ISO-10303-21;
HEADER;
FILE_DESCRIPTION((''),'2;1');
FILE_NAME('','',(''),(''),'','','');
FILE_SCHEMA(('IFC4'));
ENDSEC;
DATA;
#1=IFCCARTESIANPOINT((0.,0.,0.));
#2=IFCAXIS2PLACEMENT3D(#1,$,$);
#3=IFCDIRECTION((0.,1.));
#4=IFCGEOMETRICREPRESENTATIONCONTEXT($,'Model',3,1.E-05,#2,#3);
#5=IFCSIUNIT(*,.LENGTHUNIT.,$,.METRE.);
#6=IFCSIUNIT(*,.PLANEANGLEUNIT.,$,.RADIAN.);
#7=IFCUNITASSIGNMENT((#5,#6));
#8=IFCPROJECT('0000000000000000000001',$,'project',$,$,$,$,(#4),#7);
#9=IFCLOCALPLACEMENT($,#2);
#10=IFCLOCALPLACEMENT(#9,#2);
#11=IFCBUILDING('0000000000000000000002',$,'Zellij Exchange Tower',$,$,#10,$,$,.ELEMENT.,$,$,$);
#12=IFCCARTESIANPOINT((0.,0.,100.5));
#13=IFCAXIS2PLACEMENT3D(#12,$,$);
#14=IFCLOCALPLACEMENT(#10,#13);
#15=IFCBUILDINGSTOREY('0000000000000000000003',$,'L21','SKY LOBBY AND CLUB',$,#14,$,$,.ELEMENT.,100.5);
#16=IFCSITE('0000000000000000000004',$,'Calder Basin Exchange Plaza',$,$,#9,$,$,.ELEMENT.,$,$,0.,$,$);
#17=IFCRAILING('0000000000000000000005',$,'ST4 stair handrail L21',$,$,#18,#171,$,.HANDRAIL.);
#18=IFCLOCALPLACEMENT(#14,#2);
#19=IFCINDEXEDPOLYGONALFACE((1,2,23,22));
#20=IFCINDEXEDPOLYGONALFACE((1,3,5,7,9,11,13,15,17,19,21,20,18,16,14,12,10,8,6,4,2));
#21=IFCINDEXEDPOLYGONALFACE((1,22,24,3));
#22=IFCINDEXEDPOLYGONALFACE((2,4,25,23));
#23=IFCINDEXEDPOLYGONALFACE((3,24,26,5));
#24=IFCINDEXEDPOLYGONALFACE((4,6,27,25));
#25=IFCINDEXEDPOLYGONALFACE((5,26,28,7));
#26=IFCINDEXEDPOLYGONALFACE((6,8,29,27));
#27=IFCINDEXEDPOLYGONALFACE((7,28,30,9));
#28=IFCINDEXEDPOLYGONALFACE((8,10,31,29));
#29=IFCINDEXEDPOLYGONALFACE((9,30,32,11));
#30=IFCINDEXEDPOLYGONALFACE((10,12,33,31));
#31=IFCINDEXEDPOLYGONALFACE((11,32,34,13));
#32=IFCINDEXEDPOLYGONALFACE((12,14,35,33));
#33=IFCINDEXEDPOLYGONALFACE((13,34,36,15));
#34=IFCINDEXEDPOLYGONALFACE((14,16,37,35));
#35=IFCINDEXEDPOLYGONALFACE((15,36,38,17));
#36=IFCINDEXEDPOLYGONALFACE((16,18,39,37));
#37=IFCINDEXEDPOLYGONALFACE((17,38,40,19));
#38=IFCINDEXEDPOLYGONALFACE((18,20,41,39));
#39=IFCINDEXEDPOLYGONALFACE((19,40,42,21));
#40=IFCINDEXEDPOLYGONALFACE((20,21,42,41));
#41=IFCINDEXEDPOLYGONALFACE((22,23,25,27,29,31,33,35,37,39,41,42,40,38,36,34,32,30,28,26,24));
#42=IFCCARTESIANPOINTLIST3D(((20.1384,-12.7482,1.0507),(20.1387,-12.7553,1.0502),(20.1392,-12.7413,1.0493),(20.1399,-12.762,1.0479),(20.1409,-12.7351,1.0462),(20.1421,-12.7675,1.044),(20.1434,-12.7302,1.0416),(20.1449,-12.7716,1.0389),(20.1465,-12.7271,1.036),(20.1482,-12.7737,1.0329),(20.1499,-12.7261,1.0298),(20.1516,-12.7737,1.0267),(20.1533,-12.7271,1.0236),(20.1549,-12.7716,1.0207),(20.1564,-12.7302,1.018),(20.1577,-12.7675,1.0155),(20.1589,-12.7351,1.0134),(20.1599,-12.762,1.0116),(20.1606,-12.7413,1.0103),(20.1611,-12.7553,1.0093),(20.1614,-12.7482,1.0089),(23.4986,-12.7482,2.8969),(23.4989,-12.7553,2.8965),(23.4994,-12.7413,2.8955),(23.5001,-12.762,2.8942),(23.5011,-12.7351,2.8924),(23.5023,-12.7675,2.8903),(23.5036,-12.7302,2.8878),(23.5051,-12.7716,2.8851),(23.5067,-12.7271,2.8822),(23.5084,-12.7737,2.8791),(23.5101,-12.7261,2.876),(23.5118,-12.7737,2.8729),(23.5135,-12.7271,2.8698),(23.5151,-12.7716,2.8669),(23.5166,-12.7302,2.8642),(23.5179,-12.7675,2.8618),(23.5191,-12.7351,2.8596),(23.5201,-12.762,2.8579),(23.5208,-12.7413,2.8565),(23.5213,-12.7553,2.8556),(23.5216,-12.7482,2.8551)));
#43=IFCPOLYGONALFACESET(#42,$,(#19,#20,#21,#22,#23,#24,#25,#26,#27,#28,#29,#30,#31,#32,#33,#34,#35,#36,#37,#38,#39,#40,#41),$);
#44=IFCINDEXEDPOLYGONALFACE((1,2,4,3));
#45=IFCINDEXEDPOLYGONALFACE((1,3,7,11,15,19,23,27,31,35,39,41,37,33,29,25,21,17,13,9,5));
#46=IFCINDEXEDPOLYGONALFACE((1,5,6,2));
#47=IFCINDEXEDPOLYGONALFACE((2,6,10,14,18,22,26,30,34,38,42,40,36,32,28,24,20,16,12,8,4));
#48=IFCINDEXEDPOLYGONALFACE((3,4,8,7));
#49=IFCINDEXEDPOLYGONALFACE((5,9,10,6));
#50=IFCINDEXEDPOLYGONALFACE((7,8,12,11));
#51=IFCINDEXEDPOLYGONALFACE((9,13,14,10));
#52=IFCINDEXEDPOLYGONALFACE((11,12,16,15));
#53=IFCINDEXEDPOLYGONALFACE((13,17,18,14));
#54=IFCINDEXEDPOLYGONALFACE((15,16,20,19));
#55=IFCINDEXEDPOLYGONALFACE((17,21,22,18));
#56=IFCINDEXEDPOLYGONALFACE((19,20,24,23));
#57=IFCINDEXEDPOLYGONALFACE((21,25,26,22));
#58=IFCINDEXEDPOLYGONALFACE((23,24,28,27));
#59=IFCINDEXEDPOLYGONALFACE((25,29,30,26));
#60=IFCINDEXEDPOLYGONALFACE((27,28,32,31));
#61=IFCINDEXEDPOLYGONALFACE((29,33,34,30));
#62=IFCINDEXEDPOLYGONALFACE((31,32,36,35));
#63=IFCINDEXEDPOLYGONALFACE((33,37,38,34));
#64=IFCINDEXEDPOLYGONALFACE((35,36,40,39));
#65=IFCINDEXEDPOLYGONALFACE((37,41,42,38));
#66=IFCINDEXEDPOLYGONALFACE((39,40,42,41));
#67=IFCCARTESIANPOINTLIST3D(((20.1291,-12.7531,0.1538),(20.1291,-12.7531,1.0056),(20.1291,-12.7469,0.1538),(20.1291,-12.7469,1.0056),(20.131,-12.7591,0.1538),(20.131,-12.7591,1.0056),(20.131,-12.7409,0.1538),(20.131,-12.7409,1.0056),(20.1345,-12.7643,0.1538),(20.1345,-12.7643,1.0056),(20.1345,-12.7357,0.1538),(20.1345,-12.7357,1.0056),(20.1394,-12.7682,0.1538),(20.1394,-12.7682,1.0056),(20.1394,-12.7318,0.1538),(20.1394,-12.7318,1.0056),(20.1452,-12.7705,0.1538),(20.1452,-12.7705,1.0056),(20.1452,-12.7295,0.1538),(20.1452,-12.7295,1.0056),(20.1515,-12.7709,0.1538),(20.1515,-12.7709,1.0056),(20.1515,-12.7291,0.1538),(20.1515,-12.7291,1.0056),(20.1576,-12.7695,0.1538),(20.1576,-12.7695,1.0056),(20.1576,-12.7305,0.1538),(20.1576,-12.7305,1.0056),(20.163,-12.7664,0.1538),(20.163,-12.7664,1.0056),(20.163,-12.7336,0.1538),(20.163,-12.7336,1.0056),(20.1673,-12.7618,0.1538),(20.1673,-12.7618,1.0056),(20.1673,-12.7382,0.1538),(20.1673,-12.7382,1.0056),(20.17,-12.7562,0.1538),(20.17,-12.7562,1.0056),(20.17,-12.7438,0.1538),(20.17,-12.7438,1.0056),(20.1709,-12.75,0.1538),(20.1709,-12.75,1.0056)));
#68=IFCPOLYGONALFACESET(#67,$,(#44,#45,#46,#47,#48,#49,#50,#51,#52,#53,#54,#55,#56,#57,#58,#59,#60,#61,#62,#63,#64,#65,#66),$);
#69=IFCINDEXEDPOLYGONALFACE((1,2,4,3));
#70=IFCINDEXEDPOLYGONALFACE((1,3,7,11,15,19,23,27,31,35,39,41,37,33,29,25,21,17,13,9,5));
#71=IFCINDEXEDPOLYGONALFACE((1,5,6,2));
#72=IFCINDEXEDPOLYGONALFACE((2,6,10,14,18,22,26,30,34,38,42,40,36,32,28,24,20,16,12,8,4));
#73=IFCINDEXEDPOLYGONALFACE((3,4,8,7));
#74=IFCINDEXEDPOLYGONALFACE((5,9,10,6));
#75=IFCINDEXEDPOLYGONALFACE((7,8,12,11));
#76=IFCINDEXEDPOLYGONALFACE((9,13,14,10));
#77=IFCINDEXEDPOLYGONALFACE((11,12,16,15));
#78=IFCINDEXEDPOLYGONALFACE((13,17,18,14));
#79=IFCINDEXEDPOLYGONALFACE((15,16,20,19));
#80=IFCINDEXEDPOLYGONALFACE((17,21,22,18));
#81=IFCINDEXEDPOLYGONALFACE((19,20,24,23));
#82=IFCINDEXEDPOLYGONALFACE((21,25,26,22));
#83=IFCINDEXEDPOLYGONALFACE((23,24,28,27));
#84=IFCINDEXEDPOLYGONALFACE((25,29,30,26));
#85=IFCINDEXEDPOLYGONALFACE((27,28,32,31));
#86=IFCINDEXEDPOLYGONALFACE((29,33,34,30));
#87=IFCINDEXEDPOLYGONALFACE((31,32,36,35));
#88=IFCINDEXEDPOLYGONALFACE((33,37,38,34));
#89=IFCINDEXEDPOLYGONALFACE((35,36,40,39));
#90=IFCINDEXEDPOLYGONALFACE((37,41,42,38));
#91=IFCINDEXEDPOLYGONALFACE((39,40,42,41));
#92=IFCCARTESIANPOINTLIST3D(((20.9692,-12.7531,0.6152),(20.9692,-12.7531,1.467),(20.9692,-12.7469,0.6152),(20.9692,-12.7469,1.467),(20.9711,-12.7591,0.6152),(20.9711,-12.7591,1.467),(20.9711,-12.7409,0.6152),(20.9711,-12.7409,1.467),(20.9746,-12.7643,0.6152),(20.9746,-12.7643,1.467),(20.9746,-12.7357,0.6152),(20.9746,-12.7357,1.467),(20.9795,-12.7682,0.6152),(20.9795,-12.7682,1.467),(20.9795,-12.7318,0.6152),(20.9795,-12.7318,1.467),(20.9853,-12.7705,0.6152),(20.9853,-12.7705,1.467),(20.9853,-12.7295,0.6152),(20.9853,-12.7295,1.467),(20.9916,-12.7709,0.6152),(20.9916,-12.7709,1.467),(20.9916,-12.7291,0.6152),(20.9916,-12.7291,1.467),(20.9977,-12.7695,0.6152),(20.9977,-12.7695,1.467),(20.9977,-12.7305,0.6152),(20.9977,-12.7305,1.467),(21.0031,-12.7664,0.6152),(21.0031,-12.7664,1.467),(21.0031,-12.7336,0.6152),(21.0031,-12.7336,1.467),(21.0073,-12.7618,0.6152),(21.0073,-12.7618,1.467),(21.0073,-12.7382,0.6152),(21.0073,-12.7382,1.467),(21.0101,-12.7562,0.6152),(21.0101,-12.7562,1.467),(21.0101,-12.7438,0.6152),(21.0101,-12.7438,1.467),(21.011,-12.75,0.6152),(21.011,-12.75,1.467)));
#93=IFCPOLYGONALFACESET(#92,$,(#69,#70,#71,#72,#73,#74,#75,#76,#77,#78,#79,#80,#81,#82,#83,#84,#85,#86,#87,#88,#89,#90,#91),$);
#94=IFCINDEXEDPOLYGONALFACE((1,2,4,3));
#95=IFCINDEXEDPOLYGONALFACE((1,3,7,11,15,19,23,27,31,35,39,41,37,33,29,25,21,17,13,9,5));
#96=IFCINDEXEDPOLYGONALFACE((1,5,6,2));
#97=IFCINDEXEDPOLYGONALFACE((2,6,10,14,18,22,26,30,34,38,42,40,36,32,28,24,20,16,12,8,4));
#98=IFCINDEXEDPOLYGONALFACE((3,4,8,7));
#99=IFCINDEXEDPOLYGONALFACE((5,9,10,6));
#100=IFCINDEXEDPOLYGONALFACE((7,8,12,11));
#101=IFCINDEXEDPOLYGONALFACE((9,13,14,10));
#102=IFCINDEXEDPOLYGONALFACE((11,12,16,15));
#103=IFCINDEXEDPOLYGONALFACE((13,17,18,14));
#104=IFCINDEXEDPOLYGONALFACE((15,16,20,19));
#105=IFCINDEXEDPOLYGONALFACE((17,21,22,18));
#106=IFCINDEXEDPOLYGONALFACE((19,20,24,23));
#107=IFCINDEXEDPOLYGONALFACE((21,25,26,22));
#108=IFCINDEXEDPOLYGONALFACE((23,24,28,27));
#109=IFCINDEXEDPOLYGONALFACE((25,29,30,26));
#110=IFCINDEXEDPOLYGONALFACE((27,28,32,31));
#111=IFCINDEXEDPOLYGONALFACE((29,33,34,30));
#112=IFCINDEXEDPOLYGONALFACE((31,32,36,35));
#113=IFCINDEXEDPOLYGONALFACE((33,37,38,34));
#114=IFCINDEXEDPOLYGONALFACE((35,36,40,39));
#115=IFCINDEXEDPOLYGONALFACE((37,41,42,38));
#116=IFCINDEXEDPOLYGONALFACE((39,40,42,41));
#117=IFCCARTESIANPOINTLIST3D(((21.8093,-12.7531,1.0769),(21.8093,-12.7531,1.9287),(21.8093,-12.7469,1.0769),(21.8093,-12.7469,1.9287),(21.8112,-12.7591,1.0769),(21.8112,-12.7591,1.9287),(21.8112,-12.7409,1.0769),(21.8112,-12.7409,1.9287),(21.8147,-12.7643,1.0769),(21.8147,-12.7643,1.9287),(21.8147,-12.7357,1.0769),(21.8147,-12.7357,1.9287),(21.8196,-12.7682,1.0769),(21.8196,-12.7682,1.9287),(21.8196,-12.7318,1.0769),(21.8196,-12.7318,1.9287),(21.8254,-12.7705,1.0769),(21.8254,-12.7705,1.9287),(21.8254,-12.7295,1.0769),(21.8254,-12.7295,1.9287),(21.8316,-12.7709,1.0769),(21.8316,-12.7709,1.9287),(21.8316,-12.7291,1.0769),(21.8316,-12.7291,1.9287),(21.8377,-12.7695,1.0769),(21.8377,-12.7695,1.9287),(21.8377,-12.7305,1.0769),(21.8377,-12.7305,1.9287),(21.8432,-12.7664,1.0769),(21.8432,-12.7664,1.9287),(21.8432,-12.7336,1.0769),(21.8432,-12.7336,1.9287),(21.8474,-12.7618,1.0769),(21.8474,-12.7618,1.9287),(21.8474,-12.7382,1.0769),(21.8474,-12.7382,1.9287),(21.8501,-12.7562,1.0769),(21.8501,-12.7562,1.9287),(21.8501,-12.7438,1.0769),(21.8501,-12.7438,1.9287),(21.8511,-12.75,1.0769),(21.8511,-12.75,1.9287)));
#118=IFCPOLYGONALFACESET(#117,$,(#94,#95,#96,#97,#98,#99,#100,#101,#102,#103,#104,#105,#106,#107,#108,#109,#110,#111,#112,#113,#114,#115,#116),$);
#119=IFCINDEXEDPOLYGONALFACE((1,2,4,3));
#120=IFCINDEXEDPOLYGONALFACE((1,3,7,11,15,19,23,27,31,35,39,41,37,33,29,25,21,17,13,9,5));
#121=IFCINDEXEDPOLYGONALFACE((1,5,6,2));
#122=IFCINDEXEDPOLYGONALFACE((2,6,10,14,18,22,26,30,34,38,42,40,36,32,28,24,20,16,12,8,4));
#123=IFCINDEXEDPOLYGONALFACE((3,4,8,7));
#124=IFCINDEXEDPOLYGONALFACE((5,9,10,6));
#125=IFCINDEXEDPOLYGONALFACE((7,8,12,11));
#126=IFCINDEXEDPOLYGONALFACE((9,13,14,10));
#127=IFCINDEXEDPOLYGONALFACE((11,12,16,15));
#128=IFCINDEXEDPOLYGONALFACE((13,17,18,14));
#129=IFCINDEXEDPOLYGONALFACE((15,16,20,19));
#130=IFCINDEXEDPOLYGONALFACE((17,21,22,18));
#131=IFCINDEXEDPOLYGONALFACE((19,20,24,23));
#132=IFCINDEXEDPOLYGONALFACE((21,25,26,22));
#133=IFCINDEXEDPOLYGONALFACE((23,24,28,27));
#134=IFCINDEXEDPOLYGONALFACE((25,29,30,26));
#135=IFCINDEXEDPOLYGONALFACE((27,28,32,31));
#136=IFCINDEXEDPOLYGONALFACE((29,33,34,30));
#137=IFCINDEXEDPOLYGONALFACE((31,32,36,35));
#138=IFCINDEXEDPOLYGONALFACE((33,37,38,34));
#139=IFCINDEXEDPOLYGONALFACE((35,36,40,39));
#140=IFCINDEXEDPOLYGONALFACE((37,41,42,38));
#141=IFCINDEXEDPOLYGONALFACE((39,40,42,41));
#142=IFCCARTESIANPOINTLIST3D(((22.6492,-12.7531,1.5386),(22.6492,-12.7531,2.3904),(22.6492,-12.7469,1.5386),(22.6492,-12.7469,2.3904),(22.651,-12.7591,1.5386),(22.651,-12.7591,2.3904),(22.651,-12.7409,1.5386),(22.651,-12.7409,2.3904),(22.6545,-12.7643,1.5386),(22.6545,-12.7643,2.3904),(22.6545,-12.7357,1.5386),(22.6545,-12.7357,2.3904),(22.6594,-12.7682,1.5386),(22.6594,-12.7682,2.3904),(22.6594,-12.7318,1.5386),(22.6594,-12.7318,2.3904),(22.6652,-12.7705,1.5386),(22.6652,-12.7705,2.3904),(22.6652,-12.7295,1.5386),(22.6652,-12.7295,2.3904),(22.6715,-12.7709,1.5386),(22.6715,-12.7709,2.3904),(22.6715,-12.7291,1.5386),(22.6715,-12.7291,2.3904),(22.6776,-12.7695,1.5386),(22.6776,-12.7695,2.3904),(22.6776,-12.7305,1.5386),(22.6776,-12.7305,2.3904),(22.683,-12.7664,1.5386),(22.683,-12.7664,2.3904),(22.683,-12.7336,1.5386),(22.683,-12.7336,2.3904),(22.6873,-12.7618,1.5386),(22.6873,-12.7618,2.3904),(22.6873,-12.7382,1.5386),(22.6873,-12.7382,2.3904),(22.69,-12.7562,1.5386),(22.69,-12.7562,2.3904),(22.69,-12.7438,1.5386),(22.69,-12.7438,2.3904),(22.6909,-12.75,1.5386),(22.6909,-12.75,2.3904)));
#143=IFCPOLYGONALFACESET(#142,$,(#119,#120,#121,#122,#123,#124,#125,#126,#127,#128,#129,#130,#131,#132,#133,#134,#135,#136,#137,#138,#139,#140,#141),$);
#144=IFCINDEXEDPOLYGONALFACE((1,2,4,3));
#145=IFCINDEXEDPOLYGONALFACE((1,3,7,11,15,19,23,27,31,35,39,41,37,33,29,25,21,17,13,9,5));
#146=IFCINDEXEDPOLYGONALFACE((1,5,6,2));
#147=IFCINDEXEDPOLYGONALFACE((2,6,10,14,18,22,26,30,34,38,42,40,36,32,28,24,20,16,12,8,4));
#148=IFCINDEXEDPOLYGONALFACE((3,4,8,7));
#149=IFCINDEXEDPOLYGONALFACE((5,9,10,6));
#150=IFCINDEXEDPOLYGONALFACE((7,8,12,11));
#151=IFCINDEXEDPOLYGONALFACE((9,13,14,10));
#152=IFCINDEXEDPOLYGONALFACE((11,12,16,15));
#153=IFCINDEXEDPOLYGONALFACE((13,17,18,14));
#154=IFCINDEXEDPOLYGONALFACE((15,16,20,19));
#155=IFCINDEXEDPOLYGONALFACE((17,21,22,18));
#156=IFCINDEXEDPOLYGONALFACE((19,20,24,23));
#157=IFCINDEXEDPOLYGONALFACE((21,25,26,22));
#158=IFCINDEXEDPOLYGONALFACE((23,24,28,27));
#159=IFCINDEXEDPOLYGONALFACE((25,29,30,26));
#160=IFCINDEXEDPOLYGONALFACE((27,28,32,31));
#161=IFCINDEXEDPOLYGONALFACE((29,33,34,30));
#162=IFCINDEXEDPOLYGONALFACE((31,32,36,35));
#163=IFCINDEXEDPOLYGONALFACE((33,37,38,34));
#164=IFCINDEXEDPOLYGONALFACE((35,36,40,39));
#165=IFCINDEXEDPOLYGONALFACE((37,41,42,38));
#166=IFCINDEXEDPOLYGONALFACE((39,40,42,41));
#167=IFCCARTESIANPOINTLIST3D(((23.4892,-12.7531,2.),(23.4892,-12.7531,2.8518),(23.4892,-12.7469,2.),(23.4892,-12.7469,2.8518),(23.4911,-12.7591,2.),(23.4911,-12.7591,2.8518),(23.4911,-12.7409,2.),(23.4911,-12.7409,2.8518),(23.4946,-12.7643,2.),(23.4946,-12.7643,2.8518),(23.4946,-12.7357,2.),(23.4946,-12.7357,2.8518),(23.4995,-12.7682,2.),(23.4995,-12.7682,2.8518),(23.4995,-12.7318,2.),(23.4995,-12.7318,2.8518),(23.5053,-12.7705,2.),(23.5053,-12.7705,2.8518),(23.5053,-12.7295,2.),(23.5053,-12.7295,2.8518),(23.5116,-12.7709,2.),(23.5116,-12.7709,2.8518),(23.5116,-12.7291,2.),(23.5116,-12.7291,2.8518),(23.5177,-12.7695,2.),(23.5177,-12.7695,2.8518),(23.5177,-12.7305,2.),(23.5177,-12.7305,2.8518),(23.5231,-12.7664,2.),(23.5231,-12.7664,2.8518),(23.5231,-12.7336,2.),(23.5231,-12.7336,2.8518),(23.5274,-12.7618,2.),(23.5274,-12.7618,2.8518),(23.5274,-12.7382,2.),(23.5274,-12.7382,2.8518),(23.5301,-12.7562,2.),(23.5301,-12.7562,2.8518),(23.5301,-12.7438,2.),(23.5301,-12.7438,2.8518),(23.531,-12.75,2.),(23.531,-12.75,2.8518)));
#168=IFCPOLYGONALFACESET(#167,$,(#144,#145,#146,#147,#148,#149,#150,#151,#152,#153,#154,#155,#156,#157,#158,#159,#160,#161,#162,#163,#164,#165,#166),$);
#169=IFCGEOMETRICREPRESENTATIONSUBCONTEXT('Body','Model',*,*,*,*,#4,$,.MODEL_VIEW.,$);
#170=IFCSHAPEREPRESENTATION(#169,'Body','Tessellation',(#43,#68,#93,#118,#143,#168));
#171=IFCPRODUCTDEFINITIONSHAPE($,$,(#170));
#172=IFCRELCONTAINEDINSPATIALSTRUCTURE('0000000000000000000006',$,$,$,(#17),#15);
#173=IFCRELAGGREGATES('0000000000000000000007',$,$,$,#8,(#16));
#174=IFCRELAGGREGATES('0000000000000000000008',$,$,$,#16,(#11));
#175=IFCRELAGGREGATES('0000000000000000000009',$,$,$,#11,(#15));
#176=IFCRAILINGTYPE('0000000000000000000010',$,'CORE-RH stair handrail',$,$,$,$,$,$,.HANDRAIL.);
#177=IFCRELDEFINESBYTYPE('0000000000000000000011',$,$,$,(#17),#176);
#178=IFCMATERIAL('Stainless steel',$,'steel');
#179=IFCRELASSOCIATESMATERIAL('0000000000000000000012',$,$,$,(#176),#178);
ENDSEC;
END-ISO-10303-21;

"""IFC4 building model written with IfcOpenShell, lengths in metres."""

from ifc_helpers import new_model, si_unit, direction, frame, origin, origin_2d, place, context, subcontext, project, spatial, circle, extrude, material, type_object, element, save


model = new_model("IFC4")

# Units and contexts
model_context = context("Model", 3, precision=1e-05, world=origin(), true_north=direction((0.0, 1.0)))
body_context = subcontext(model_context, "Body", "Model", "MODEL_VIEW")
ifc_project = project(units=[si_unit("LENGTHUNIT", "METRE"), si_unit("PLANEANGLEUNIT", "RADIAN")], contexts=[model_context])

# Site, building, storey
site_placement = place(None, origin())
site = spatial("IfcSite", under=ifc_project, at=site_placement, Name="Calder Basin Exchange Plaza", CompositionType="ELEMENT", RefElevation=0.0)
building_placement = place(site_placement, origin())
building = spatial("IfcBuilding", under=site, at=building_placement, Name="Zellij Exchange Tower", CompositionType="ELEMENT")
storey_placement = place(building_placement, frame((0.0, 0.0, 100.5)))
storey = spatial("IfcBuildingStorey", under=building, at=storey_placement, Name="L21", Description="SKY LOBBY AND CLUB", CompositionType="ELEMENT", Elevation=100.5)

# Railing
ifc_material_1 = material(Name="Stainless steel", Category="steel")
railing_type_1 = type_object("IfcRailingType", Name="CORE-RH stair handrail", PredefinedType="HANDRAIL", material=ifc_material_1)
railing_1_placement = place(storey_placement, frame((20.1499, -12.75, 0.1538)))
element("IfcRailing", 1, at=railing_1_placement, inside=storey, type_object=railing_type_1, Name="ST4 stair handrail L21", PredefinedType="HANDRAIL", context=body_context, shape_type="SweptSolid", body=[
    extrude(circle(Radius=0.0239, at=origin_2d()), frame((0.0, 0.0, 0.876), z_axis=(0.876422, 0.0, 0.481545), x_axis=(0.0, 1.0, 0.0)), (0.0, 0.0, 1.0), 3.834),
    extrude(circle(Radius=0.021, at=origin_2d()), origin(), (0.0, 0.0, 1.0), 0.8518),
    extrude(circle(Radius=0.021, at=origin_2d()), frame((0.8401, 0.0, 0.4614)), (0.0, 0.0, 1.0), 0.8518),
    extrude(circle(Radius=0.021, at=origin_2d()), frame((1.6802, 0.0, 0.9231)), (0.0, 0.0, 1.0), 0.8518),
    extrude(circle(Radius=0.021, at=origin_2d()), frame((2.52, 0.0, 1.3848)), (0.0, 0.0, 1.0), 0.8518),
    extrude(circle(Radius=0.021, at=origin_2d()), frame((3.3601, 0.0, 1.8462)), (0.0, 0.0, 1.0), 0.8518),
])

save(model, "model.ifc")
